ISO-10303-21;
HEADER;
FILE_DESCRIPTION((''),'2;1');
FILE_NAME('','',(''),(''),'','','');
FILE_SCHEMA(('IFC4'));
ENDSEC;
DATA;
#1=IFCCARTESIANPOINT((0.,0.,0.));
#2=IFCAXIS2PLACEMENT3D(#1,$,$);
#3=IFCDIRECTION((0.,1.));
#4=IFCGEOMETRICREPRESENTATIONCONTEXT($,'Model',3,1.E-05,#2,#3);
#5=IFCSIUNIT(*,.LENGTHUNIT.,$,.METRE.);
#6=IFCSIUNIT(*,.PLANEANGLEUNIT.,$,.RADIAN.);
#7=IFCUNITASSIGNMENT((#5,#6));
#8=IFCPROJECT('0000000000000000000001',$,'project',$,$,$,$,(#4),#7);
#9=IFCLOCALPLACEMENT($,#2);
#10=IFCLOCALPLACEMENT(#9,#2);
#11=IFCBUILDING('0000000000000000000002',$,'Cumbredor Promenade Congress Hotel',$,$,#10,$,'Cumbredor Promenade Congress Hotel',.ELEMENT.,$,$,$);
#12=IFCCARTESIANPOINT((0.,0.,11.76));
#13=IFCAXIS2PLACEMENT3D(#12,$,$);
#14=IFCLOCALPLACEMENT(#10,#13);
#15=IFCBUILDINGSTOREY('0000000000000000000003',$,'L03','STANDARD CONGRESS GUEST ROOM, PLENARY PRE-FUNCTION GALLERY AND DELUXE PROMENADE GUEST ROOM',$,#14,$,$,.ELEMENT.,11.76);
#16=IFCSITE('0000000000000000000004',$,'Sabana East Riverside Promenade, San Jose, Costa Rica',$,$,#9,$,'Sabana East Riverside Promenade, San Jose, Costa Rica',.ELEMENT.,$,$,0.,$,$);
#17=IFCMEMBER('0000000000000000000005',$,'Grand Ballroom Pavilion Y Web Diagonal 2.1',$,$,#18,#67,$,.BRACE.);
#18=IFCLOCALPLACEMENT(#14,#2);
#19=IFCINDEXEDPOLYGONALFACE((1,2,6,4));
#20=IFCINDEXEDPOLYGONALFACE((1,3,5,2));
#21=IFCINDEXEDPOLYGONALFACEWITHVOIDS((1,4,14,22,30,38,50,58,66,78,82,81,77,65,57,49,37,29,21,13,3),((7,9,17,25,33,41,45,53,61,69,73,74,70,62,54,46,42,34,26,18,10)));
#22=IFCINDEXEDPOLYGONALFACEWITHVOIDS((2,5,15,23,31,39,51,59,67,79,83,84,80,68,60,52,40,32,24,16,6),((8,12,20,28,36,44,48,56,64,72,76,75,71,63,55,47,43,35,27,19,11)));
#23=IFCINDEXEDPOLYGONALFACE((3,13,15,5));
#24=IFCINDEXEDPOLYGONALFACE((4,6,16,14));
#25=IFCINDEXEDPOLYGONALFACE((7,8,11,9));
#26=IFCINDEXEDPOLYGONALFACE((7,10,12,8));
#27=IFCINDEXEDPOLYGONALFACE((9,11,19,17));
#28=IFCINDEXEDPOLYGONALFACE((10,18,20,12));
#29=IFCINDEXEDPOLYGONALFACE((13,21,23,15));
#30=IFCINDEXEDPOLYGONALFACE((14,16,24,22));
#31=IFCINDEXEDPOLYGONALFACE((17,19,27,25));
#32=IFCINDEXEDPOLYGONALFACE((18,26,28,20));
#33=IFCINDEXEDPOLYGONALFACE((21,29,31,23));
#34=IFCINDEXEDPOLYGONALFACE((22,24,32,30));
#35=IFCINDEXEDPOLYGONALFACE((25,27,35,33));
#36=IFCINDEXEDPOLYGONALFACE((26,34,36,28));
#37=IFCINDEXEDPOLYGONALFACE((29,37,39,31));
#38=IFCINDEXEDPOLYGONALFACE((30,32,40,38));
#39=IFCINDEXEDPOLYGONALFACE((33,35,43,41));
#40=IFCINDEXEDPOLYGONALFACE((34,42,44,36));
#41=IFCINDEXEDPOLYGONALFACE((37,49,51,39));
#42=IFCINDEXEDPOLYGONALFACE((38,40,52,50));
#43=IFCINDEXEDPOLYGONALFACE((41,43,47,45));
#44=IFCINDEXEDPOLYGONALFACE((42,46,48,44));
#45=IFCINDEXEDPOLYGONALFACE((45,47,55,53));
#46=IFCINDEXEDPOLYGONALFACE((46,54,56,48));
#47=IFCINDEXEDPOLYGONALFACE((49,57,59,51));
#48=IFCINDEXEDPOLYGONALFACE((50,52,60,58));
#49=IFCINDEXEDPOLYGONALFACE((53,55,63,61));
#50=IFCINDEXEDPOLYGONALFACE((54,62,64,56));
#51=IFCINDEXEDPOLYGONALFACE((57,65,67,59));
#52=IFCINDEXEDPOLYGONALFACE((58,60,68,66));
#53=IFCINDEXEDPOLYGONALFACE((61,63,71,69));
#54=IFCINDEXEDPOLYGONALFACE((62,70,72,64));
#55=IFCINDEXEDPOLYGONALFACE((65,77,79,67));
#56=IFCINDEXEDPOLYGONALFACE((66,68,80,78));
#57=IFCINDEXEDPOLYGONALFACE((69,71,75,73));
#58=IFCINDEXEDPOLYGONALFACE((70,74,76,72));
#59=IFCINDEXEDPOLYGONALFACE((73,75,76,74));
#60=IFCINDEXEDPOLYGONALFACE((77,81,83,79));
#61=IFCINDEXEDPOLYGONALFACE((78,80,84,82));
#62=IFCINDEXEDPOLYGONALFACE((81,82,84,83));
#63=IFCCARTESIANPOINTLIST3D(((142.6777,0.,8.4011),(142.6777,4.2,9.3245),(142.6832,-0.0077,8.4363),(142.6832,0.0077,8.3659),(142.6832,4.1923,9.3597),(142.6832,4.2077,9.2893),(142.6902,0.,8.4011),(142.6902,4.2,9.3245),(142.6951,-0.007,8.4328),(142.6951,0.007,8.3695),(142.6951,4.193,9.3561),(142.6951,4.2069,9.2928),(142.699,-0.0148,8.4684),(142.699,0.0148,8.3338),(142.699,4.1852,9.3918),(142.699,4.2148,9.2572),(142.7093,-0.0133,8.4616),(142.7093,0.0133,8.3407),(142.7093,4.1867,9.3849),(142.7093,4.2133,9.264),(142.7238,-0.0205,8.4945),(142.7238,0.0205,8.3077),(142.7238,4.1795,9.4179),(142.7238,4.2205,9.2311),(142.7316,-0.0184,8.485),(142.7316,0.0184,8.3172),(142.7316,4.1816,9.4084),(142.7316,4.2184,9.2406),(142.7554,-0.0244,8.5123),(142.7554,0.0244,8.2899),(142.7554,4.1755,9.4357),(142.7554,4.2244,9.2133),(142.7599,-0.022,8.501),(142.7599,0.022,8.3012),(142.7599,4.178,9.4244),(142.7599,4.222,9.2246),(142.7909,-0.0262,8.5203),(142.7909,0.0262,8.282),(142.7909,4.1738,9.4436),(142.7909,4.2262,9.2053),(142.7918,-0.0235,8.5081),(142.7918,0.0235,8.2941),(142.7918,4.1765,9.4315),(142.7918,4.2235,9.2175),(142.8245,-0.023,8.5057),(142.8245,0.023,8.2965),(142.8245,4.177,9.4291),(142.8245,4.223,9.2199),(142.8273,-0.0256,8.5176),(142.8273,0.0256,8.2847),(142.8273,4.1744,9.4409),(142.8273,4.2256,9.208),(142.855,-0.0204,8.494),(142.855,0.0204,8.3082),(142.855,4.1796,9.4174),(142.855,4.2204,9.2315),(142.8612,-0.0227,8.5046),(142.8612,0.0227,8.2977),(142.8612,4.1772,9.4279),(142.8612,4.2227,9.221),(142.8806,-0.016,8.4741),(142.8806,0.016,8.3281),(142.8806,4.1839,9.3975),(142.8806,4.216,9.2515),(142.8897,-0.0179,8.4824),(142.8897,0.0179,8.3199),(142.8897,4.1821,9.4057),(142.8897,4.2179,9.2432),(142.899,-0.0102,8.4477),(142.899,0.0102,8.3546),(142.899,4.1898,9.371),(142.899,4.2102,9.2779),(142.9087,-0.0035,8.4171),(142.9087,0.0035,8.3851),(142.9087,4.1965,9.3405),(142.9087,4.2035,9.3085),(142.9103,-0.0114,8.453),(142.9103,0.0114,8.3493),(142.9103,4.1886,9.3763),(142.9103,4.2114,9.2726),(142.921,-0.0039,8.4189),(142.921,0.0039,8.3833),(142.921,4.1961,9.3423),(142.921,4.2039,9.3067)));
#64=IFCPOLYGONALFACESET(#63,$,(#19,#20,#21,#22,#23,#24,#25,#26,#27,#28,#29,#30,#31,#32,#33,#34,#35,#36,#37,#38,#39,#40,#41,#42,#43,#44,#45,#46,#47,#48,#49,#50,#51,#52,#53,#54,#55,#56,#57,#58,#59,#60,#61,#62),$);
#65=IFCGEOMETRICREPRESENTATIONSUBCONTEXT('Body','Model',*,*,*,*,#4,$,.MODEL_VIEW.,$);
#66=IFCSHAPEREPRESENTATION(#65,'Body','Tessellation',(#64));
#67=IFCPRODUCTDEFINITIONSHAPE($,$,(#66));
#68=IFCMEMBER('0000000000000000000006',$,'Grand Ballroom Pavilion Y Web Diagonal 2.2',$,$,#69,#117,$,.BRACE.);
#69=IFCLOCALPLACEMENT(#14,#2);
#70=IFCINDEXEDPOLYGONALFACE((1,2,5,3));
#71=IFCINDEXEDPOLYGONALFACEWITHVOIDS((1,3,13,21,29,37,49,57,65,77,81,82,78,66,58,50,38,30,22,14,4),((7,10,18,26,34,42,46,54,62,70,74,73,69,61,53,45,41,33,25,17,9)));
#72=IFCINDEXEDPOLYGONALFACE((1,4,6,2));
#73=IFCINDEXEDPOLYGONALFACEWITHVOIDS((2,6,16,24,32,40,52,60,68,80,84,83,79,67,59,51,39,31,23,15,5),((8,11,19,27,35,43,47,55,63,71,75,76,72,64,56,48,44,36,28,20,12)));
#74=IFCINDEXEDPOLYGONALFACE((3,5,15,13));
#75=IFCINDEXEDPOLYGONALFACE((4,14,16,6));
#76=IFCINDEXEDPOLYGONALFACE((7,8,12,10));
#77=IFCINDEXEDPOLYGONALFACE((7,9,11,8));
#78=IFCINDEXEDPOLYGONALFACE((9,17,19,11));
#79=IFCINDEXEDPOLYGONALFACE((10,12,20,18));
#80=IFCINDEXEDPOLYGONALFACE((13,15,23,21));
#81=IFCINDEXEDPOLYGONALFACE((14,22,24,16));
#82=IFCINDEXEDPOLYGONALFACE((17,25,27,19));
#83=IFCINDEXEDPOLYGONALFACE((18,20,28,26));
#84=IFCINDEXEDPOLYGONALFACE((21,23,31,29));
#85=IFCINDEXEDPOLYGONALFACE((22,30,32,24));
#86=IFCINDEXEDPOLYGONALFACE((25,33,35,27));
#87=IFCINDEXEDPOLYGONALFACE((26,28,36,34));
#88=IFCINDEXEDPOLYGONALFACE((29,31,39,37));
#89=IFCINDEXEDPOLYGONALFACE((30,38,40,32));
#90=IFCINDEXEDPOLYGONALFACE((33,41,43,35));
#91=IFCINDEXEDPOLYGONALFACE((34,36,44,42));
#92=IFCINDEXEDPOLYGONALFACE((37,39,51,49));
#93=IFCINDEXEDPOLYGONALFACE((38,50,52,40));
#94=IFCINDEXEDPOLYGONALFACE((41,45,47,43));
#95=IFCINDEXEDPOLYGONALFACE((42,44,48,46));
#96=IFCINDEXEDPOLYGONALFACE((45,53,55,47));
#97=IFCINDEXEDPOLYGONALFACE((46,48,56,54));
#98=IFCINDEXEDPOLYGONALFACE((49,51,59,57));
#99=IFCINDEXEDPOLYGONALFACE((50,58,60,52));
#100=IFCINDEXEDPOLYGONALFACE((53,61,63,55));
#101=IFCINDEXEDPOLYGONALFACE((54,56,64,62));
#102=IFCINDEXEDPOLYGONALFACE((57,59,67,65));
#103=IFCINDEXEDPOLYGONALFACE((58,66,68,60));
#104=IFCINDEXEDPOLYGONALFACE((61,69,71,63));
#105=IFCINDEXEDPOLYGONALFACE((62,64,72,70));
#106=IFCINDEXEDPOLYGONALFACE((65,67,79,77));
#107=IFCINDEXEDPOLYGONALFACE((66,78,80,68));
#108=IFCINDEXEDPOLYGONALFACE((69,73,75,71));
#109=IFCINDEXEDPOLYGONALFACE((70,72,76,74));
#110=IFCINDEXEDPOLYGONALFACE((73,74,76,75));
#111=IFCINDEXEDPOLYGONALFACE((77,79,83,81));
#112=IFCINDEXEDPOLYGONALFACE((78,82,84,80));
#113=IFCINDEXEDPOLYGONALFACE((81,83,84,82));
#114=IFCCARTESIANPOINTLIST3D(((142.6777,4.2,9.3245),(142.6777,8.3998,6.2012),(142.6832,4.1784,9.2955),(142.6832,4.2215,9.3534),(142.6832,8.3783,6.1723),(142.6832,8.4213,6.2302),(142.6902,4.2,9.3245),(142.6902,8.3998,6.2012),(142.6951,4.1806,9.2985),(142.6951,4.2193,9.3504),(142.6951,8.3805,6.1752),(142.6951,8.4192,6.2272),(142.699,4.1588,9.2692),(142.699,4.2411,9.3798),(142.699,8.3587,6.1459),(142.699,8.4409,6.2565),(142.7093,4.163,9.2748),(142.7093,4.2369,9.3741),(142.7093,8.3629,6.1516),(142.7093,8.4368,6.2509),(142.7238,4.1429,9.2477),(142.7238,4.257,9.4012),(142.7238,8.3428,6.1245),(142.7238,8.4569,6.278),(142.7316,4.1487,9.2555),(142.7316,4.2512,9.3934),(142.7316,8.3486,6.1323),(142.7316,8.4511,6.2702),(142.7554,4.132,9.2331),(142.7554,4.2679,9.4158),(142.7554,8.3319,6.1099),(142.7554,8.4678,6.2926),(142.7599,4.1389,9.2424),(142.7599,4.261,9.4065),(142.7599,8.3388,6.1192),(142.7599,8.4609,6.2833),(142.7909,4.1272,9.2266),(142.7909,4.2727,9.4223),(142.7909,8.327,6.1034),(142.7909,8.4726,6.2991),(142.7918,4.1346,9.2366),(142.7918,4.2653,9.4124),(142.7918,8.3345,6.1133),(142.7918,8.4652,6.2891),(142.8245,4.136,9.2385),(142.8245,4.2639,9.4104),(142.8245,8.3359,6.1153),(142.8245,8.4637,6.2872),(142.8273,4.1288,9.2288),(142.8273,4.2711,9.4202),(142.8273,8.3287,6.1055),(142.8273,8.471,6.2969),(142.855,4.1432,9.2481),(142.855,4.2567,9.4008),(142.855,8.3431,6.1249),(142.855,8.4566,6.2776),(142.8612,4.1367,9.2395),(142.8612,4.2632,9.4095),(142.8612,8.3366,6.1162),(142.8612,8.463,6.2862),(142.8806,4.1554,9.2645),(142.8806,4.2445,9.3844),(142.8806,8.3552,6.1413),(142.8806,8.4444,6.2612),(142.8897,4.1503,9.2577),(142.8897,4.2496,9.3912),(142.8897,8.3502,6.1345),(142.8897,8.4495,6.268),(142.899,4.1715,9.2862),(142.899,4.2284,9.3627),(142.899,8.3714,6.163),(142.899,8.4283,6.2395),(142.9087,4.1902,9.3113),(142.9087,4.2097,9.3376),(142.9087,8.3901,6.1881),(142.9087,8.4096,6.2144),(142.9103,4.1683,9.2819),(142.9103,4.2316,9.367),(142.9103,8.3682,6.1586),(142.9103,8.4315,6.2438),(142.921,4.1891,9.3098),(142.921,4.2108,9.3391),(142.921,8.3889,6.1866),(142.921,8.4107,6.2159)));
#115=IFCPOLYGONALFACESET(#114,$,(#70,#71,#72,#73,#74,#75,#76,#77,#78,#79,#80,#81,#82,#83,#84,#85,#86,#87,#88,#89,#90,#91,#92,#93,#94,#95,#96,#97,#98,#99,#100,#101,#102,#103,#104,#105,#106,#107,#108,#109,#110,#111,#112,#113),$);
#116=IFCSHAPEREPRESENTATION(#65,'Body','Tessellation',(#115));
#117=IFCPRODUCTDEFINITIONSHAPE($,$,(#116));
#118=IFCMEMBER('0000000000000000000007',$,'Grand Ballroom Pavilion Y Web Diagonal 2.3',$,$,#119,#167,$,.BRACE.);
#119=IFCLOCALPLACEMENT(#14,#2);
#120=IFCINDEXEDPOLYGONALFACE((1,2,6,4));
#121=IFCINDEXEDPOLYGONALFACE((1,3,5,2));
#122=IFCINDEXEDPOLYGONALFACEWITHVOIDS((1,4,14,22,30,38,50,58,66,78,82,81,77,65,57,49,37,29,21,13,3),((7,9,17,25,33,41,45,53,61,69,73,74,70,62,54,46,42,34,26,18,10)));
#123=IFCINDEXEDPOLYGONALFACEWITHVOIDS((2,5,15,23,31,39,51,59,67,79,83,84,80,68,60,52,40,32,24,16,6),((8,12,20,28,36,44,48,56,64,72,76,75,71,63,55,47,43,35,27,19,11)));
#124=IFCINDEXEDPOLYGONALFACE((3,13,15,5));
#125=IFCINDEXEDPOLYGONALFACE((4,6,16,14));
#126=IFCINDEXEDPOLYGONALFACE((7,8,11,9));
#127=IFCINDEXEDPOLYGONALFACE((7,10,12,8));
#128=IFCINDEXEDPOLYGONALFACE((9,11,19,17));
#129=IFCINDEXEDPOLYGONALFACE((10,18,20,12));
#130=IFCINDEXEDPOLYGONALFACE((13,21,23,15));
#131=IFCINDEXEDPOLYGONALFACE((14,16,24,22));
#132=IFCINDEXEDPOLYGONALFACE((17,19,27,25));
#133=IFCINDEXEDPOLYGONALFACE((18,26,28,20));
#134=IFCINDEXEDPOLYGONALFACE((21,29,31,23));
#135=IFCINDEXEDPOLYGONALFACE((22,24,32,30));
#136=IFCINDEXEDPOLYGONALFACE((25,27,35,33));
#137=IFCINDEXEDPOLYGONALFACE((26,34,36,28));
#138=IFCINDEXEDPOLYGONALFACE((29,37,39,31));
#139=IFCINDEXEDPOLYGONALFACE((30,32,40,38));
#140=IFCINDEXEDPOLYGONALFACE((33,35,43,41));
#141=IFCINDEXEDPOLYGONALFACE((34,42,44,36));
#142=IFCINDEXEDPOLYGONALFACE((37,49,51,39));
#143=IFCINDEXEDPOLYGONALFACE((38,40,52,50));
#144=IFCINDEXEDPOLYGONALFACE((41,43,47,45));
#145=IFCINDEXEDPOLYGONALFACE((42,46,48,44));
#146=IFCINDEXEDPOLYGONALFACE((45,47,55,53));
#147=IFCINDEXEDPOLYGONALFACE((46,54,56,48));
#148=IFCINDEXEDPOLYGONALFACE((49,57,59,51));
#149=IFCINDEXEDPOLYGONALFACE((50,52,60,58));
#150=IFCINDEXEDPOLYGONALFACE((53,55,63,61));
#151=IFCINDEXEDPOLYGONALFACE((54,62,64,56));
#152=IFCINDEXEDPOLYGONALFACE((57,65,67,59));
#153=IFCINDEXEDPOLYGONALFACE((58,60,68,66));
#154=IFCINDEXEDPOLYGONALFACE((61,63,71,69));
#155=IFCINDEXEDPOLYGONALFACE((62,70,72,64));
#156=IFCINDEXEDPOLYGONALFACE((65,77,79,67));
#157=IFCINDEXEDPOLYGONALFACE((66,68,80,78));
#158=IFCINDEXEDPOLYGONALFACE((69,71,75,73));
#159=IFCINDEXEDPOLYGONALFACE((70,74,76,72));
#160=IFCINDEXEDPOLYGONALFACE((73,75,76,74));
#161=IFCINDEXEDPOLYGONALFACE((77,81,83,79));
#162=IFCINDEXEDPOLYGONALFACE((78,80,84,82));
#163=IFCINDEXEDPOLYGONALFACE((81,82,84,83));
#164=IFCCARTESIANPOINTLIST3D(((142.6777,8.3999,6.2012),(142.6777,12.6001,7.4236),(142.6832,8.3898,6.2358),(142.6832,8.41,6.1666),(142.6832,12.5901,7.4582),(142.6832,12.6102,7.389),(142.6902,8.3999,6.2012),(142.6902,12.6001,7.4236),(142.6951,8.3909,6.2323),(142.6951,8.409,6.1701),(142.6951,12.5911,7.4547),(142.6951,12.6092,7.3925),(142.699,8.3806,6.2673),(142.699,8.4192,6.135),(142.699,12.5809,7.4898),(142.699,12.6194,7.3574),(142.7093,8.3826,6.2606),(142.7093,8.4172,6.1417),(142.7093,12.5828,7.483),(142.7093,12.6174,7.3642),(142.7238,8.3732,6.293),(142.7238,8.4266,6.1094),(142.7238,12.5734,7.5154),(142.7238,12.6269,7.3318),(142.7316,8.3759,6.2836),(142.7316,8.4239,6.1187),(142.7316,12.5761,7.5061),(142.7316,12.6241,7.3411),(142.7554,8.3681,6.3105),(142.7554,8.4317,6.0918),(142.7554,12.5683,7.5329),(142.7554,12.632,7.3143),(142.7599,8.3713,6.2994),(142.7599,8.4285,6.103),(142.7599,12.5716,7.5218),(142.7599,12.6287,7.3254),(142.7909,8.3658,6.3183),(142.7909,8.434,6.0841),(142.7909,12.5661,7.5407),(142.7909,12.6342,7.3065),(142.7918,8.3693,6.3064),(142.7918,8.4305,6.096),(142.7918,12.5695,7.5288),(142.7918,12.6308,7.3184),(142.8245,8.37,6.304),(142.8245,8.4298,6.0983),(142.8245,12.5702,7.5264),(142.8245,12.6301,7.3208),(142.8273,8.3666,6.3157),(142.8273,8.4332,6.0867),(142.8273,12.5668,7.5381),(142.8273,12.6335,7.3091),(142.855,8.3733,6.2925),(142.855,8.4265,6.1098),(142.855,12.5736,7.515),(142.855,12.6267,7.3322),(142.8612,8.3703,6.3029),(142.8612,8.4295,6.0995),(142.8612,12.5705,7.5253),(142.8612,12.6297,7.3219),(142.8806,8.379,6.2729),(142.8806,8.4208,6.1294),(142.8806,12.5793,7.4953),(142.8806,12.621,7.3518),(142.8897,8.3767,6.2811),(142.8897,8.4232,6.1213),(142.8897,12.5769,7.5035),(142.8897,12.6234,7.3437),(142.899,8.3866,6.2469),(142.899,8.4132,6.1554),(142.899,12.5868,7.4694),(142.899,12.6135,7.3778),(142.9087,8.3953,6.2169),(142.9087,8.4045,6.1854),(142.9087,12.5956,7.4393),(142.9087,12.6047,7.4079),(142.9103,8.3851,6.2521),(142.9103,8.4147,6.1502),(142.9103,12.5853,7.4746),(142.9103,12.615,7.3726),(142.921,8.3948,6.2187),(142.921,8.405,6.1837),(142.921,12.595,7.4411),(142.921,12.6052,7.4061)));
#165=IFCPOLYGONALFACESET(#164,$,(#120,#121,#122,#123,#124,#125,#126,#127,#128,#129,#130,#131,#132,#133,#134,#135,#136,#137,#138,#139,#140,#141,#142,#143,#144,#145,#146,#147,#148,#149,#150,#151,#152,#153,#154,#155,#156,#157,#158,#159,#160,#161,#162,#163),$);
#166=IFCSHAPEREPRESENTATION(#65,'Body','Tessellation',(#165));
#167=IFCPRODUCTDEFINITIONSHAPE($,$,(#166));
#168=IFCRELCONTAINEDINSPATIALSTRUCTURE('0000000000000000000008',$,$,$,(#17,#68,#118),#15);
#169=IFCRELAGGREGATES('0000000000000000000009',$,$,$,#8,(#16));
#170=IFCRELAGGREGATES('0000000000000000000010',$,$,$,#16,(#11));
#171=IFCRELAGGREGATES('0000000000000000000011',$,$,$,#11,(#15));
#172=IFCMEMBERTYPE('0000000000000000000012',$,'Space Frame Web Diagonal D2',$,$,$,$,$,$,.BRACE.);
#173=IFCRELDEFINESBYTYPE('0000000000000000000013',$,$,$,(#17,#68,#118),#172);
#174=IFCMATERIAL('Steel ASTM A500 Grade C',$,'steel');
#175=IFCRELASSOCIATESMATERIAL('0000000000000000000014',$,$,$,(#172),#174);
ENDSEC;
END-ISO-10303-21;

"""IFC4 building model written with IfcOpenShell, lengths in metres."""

from ifc_helpers import new_model, si_unit, direction, frame, origin, origin_2d, place, context, subcontext, project, spatial, hollow_circle, extrude, material, material_profile, profile_set, type_object, element, save


model = new_model("IFC4")

# Units and contexts
model_context = context("Model", 3, precision=1e-05, world=origin(), true_north=direction((0.0, 1.0)))
body_context = subcontext(model_context, "Body", "Model", "MODEL_VIEW")
ifc_project = project(units=[si_unit("LENGTHUNIT", "METRE"), si_unit("PLANEANGLEUNIT", "RADIAN")], contexts=[model_context])

# Site, building, storey
site_placement = place(None, origin())
site = spatial("IfcSite", under=ifc_project, at=site_placement, Name="Sabana East Riverside Promenade, San Jose, Costa Rica", LongName="Sabana East Riverside Promenade, San Jose, Costa Rica", CompositionType="ELEMENT", RefElevation=0.0)
building_placement = place(site_placement, origin())
building = spatial("IfcBuilding", under=site, at=building_placement, Name="Cumbredor Promenade Congress Hotel", LongName="Cumbredor Promenade Congress Hotel", CompositionType="ELEMENT")
storey_placement = place(building_placement, frame((0.0, 0.0, 11.76)))
storey = spatial("IfcBuildingStorey", under=building, at=storey_placement, Name="L03", Description="STANDARD CONGRESS GUEST ROOM, PLENARY PRE-FUNCTION GALLERY AND DELUXE PROMENADE GUEST ROOM", CompositionType="ELEMENT", Elevation=11.76)

# Shared definitions
ifc_material_1 = material(Name="Steel ASTM A500 Grade C", Category="steel")

# Members
ifc_material_profile_1 = material_profile(ifc_material_1, hollow_circle(Radius=0.1223, WallThickness=0.0125, at=origin_2d()), Name="CHS 244.5x12.5")
ifc_profile_set_1 = profile_set([ifc_material_profile_1], Name="Steel ASTM A500 Grade C")
member_type_1 = type_object("IfcMemberType", Name="Space Frame Web Diagonal D2", PredefinedType="BRACE", material=ifc_profile_set_1)
member_1_placement = place(storey_placement, frame((142.8, 0.0, 8.4011), z_axis=(0.0, 0.976676, 0.214718), x_axis=(-1.0, 0.0, 0.0)))
element("IfcMember", 1, at=member_1_placement, inside=storey, type_object=member_type_1, Name="Grand Ballroom Pavilion Y Web Diagonal 2.1", PredefinedType="BRACE", context=body_context, shape_type="SweptSolid", body=[
    extrude(hollow_circle(Radius=0.1223, WallThickness=0.0125, at=origin_2d()), origin(), (0.0, 0.0, 1.0), 4.3003),
])
member_2_placement = place(storey_placement, frame((142.8, 4.2, 9.3245), z_axis=(0.0, 0.802439, -0.596734), x_axis=(-1.0, 0.0, 0.0)))
element("IfcMember", 2, at=member_2_placement, inside=storey, type_object=member_type_1, Name="Grand Ballroom Pavilion Y Web Diagonal 2.2", PredefinedType="BRACE", context=body_context, shape_type="SweptSolid", body=[
    extrude(hollow_circle(Radius=0.1223, WallThickness=0.0125, at=origin_2d()), origin(), (0.0, 0.0, 1.0), 5.2339),
])
member_3_placement = place(storey_placement, frame((142.8, 8.3999, 6.2012), z_axis=(0.0, 0.960162, 0.279443), x_axis=(-1.0, 0.0, 0.0)))
element("IfcMember", 3, at=member_3_placement, inside=storey, type_object=member_type_1, Name="Grand Ballroom Pavilion Y Web Diagonal 2.3", PredefinedType="BRACE", context=body_context, shape_type="SweptSolid", body=[
    extrude(hollow_circle(Radius=0.1223, WallThickness=0.0125, at=origin_2d()), origin(), (0.0, 0.0, 1.0), 4.3745),
])

save(model, "model.ifc")
